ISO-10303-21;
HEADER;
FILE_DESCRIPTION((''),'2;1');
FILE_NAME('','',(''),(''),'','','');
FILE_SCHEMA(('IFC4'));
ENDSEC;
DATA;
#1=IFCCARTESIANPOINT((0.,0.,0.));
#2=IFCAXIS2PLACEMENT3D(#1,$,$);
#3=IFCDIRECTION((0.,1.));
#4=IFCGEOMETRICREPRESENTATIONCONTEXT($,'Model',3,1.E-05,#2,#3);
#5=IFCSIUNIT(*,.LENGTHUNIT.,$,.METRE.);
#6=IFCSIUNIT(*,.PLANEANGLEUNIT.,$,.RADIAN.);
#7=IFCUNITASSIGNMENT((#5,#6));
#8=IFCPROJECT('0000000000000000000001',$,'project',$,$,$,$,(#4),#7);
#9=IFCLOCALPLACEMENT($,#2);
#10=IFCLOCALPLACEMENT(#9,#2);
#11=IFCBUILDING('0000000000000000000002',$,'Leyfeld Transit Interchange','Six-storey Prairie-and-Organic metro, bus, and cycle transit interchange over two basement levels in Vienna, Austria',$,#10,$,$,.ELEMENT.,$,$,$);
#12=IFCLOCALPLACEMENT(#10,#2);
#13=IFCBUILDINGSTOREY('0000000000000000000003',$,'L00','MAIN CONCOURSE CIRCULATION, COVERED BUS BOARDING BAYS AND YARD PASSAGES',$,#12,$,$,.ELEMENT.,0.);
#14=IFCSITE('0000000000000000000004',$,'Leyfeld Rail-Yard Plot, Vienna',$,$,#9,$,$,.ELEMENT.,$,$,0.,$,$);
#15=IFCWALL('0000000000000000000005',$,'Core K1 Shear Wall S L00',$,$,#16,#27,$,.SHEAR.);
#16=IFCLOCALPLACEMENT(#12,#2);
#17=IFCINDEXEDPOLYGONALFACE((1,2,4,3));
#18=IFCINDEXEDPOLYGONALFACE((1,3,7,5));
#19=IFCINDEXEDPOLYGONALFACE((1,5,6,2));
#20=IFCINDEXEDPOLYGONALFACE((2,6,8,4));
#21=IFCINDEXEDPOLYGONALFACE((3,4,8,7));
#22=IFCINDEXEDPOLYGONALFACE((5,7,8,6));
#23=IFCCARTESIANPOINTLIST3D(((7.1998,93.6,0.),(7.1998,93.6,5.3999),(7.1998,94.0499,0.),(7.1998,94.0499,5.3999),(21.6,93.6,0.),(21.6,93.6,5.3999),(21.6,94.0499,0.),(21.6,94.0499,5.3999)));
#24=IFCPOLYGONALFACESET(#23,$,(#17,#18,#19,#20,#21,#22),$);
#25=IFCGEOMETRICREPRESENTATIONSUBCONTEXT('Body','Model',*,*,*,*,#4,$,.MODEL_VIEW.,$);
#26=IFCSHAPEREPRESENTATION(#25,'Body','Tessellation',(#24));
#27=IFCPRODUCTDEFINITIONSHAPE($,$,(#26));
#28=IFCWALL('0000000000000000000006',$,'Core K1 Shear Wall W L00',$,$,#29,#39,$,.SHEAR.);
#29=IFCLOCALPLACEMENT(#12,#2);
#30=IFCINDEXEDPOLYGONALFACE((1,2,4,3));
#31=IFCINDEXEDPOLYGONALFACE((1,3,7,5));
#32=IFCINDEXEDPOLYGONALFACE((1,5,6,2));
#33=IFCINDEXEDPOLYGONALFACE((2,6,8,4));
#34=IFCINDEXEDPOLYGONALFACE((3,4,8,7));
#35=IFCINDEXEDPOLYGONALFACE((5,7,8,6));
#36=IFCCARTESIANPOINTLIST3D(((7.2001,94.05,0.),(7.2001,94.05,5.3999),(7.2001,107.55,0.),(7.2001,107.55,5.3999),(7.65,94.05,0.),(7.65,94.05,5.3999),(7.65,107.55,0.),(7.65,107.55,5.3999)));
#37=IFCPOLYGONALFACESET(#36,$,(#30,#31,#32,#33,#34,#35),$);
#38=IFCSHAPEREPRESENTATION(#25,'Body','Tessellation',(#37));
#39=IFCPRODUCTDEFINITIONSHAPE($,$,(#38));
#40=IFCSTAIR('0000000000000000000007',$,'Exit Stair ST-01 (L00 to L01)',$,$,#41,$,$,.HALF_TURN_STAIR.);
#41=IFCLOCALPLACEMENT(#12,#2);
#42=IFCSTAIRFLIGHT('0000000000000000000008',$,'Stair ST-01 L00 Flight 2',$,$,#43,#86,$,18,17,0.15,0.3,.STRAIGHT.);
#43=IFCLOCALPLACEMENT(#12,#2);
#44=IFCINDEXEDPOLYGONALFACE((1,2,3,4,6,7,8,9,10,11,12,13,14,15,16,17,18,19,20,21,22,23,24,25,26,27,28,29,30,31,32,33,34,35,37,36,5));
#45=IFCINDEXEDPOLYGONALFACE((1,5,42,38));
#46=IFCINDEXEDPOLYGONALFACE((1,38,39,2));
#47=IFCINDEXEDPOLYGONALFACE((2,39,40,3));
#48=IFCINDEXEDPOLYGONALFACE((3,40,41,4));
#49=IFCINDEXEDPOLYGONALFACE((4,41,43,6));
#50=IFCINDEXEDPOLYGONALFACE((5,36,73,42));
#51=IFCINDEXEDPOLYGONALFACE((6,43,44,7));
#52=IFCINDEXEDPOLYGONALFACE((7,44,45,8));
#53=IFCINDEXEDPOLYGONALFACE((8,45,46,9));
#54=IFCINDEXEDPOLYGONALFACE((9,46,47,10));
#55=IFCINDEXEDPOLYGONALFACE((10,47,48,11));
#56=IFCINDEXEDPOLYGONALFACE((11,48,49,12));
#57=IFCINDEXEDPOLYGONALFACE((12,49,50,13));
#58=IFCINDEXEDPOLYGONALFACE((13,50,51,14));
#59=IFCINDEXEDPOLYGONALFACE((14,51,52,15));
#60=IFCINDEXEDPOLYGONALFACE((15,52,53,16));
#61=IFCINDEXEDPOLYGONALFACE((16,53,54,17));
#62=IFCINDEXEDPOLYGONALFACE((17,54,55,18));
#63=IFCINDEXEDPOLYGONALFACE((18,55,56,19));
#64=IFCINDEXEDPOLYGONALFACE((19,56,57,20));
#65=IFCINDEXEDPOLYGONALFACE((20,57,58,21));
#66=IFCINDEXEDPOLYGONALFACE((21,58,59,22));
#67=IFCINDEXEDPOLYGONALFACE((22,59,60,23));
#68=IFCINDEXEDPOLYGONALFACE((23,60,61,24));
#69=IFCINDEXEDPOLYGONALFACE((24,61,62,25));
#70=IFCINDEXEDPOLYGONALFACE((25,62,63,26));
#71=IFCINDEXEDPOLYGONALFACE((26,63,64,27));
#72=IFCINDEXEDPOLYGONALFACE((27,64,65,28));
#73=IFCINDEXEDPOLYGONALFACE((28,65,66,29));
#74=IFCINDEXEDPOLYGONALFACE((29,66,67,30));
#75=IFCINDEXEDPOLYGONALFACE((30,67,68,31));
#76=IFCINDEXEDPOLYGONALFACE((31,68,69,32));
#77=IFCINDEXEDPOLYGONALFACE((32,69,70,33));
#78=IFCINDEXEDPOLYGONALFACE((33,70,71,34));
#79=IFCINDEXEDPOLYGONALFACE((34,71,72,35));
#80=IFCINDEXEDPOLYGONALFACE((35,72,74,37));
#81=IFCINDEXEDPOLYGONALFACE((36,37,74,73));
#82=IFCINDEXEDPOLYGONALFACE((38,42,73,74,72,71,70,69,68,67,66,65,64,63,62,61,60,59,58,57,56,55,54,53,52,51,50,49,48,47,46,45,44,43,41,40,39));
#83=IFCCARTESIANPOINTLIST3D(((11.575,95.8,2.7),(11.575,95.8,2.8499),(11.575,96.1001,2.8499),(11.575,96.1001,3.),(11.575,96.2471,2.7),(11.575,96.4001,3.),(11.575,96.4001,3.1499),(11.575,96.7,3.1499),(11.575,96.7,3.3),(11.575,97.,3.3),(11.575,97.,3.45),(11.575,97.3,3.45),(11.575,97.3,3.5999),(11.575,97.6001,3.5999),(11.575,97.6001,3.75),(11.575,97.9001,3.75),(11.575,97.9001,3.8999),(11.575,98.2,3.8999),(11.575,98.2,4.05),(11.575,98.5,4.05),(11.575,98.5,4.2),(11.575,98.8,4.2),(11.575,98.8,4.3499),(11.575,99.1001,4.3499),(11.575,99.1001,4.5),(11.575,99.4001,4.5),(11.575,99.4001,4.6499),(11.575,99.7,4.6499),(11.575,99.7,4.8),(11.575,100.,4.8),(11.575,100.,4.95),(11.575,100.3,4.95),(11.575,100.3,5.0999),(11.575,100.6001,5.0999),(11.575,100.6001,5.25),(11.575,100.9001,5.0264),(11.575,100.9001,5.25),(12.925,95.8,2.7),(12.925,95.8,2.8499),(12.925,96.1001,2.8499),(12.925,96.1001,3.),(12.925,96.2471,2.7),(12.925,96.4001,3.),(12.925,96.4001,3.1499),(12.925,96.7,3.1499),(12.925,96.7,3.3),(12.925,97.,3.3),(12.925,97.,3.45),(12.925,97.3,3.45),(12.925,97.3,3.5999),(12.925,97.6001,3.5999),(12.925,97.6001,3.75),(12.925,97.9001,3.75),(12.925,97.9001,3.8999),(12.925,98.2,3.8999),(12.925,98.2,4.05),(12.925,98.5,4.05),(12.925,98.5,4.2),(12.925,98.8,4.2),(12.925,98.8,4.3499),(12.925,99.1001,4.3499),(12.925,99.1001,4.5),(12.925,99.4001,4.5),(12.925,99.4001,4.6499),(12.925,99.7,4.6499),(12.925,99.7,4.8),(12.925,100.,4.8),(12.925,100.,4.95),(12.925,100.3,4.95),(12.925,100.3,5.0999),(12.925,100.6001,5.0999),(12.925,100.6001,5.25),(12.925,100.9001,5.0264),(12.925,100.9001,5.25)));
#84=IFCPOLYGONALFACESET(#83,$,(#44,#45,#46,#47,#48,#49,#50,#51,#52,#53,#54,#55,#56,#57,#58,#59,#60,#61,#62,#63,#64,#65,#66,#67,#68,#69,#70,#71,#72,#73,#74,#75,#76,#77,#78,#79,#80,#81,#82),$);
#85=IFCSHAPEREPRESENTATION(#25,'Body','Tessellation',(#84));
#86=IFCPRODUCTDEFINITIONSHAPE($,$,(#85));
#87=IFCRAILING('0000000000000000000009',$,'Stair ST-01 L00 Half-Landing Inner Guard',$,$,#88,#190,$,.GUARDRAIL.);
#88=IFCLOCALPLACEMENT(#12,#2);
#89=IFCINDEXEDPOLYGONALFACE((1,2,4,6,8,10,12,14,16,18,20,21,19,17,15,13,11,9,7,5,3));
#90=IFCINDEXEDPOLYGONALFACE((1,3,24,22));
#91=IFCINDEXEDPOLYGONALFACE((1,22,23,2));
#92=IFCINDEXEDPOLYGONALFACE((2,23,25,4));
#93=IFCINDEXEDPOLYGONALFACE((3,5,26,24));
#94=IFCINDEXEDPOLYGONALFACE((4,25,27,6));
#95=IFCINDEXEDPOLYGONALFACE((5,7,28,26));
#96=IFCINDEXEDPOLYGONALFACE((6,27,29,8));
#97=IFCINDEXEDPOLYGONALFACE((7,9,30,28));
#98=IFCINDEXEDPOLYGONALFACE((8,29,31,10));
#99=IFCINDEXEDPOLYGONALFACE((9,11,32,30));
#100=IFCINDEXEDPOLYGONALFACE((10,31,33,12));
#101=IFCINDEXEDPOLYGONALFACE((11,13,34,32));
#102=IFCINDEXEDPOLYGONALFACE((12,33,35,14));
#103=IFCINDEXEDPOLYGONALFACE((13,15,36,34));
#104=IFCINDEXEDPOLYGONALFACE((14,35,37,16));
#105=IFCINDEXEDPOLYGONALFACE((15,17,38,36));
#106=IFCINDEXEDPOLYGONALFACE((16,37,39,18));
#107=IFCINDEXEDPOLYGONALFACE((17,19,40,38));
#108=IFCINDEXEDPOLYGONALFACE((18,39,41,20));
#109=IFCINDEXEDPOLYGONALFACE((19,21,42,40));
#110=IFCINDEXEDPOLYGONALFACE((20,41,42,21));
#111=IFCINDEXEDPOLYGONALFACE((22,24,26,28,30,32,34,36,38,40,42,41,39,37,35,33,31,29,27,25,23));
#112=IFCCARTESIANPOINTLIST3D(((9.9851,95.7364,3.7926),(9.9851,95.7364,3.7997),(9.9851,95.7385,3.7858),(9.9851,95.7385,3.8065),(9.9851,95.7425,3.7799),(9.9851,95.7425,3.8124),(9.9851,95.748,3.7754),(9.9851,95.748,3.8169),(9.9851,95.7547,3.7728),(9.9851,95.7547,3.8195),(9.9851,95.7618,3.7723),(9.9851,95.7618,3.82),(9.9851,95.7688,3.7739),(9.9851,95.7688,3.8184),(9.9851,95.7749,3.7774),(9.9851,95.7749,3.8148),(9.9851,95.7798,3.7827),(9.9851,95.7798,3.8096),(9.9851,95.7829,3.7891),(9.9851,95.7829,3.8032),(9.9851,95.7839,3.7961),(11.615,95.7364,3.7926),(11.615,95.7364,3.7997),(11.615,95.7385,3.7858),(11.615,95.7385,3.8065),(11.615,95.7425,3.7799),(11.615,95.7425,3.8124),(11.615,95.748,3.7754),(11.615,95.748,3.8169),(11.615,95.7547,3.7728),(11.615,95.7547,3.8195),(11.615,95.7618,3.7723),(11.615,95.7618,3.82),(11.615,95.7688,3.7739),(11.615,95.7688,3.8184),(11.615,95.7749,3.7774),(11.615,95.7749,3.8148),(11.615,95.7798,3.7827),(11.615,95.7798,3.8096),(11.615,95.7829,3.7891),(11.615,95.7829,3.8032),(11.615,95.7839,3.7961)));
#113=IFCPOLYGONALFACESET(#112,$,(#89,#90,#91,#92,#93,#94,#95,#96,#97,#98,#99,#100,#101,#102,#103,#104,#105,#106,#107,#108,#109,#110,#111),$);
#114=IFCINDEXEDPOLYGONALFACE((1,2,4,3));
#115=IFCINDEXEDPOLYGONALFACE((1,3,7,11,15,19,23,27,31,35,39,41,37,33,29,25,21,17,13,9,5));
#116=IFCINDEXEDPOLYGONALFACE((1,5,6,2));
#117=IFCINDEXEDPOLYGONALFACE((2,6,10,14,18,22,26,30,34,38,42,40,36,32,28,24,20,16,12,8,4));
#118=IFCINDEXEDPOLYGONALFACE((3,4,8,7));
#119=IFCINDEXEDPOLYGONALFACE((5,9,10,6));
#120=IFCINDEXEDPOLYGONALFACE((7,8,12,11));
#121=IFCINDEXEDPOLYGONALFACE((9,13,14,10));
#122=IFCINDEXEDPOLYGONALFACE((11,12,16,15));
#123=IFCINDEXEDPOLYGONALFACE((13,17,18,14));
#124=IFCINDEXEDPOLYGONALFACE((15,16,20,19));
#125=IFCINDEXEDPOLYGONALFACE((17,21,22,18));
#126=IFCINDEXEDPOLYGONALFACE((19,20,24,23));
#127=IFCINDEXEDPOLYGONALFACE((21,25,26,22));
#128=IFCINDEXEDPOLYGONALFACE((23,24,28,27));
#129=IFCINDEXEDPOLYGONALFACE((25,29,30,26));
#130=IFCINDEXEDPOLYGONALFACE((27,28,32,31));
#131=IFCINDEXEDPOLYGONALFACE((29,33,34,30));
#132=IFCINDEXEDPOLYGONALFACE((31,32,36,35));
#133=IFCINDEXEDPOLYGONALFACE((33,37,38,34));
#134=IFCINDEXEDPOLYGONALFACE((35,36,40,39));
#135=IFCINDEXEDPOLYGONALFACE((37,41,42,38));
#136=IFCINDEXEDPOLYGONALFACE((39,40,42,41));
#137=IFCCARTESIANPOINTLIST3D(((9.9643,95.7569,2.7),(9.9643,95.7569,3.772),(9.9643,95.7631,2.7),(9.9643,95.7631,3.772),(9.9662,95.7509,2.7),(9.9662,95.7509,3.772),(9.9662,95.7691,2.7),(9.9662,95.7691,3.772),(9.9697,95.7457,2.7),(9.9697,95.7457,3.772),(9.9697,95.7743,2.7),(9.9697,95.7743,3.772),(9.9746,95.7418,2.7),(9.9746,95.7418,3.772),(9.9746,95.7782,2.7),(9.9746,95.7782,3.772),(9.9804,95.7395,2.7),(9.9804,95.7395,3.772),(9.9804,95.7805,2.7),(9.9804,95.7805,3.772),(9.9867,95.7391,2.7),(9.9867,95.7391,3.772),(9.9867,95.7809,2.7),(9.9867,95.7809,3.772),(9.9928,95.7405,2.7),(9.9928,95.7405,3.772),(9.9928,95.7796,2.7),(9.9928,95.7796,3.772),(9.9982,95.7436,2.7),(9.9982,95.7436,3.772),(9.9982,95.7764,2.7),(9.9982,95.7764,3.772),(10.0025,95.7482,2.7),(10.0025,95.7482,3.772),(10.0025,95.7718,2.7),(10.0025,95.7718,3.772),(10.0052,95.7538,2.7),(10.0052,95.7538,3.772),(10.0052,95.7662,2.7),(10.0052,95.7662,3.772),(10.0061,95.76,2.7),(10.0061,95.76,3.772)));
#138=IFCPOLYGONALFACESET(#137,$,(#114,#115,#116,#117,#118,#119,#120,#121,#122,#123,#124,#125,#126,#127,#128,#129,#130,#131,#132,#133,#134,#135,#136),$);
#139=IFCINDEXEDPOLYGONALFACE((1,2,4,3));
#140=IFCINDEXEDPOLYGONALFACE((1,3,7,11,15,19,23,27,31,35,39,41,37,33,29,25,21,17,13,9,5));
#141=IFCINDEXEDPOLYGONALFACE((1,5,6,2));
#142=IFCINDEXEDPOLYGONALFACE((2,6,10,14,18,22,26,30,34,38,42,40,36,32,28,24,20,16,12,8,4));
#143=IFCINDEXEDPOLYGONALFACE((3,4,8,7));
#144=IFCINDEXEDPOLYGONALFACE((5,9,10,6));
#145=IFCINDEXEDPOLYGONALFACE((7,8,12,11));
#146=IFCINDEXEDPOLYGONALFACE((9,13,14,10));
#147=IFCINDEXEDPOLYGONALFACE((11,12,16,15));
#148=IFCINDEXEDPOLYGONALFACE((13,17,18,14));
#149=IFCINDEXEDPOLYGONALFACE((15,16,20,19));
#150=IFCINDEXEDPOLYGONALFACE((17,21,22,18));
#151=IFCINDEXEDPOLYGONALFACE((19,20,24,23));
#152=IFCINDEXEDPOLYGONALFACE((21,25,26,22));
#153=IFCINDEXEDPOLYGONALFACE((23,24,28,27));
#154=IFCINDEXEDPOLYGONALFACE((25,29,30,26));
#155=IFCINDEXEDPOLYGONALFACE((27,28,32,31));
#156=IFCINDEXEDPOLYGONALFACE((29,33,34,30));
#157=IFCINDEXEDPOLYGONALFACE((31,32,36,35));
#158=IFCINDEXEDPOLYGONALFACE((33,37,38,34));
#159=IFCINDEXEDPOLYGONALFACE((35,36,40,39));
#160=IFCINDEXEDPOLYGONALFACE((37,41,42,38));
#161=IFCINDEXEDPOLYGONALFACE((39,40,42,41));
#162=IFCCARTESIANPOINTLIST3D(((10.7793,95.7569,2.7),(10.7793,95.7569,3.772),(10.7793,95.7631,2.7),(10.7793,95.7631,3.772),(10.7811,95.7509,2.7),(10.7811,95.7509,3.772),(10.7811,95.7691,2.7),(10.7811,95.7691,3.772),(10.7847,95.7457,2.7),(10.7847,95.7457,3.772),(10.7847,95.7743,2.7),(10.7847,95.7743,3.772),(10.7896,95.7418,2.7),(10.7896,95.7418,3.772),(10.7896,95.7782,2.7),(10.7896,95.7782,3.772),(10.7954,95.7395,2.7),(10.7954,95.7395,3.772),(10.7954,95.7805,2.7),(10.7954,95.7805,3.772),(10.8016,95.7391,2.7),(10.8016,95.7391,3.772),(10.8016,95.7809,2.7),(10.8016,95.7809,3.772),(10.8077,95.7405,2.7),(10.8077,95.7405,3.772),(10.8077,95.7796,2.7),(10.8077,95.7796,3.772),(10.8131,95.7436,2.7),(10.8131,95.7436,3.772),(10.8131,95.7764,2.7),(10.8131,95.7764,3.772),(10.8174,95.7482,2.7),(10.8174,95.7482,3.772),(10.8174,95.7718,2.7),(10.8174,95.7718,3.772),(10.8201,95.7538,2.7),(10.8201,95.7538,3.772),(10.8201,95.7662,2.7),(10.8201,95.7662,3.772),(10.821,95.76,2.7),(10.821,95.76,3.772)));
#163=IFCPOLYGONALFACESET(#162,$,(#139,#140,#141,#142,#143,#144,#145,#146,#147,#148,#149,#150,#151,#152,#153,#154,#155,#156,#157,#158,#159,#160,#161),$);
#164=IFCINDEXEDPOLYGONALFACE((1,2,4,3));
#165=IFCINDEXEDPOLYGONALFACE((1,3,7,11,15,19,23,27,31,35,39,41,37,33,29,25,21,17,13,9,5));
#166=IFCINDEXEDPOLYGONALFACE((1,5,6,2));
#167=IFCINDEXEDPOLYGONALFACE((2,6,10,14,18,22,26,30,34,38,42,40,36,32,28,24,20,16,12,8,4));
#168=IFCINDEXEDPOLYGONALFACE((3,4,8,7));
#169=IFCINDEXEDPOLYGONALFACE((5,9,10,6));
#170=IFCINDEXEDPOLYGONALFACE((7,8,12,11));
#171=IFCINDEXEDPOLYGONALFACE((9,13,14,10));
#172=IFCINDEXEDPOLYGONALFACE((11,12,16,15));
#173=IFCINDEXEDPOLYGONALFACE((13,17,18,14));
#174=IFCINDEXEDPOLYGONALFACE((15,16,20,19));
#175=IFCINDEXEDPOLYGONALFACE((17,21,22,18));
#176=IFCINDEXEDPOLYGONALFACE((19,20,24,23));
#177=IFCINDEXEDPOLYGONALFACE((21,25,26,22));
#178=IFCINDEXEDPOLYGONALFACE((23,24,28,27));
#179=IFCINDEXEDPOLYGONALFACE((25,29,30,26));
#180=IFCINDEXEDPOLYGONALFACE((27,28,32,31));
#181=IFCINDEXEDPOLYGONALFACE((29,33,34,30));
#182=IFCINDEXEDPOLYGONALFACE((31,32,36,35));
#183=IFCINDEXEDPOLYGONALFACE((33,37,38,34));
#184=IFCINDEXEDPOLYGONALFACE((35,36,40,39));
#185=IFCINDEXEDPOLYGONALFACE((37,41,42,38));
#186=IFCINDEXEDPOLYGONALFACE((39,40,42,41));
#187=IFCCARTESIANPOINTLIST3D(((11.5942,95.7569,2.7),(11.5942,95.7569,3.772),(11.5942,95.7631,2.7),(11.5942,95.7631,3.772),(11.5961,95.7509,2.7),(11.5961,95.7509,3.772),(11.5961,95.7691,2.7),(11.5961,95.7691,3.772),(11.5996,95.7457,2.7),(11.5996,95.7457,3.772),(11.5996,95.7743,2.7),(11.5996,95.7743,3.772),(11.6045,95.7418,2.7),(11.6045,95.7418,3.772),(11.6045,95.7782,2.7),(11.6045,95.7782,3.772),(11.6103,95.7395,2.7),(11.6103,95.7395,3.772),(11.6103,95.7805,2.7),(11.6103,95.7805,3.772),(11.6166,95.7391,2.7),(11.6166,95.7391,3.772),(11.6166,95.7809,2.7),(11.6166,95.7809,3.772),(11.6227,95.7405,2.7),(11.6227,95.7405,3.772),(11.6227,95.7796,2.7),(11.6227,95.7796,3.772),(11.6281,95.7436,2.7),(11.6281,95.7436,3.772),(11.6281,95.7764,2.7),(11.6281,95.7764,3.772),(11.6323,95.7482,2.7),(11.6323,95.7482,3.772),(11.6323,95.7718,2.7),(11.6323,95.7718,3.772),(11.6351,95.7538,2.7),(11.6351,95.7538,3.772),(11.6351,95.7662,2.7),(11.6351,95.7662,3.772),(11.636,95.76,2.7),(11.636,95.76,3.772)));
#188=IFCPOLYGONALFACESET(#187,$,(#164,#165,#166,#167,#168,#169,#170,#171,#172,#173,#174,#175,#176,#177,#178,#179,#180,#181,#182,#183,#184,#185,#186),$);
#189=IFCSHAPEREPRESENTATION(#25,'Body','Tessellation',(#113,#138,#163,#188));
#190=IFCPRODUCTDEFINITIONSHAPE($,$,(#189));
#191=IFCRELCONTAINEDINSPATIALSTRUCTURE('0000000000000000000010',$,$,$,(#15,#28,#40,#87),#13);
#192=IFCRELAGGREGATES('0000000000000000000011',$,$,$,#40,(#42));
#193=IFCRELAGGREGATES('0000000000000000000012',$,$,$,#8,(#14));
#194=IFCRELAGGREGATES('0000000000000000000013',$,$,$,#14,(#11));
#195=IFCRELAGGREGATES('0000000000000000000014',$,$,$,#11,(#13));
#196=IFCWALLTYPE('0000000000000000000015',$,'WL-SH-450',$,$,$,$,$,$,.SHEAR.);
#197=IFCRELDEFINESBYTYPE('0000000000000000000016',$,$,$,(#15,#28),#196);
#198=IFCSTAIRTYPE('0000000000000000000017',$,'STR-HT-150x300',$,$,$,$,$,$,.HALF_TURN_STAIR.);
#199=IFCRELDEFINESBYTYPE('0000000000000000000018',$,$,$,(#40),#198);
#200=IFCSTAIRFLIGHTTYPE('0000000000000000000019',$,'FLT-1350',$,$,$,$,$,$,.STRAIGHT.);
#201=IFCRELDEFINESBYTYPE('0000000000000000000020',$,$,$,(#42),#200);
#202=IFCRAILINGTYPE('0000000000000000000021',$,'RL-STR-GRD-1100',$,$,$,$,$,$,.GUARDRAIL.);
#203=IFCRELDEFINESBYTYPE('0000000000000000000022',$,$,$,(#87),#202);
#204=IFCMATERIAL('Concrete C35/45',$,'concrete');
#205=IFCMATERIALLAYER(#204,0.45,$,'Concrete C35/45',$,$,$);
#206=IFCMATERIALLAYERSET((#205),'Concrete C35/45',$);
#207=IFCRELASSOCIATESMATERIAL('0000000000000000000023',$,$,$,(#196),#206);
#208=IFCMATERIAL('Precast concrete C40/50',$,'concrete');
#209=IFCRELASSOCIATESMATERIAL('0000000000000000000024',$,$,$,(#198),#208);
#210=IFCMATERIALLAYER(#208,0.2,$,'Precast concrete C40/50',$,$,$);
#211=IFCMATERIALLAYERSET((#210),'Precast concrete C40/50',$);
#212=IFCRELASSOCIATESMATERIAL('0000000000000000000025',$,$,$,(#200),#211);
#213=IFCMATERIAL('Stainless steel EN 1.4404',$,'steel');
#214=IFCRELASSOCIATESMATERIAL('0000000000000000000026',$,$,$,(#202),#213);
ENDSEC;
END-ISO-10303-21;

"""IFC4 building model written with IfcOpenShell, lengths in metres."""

from ifc_helpers import new_model, si_unit, direction, frame, frame_2d, origin, origin_2d, place, context, subcontext, project, spatial, polyline, rectangle, circle, outline, extrude, material, layer, layer_set, type_object, element, aggregate, save


model = new_model("IFC4")

# Units and contexts
model_context = context("Model", 3, precision=1e-05, world=origin(), true_north=direction((0.0, 1.0)))
body_context = subcontext(model_context, "Body", "Model", "MODEL_VIEW")
ifc_project = project(units=[si_unit("LENGTHUNIT", "METRE"), si_unit("PLANEANGLEUNIT", "RADIAN")], contexts=[model_context])

# Site, building, storey
site_placement = place(None, origin())
site = spatial("IfcSite", under=ifc_project, at=site_placement, Name="Leyfeld Rail-Yard Plot, Vienna", CompositionType="ELEMENT", RefElevation=0.0)
building_placement = place(site_placement, origin())
building = spatial("IfcBuilding", under=site, at=building_placement, Name="Leyfeld Transit Interchange", Description="Six-storey Prairie-and-Organic metro, bus, and cycle transit interchange over two basement levels in Vienna, Austria", CompositionType="ELEMENT")
storey_placement = place(building_placement, origin())
storey = spatial("IfcBuildingStorey", under=building, at=storey_placement, Name="L00", Description="MAIN CONCOURSE CIRCULATION, COVERED BUS BOARDING BAYS AND YARD PASSAGES", CompositionType="ELEMENT", Elevation=0.0)

# Shared definitions
ifc_material_1 = material(Name="Concrete C35/45", Category="concrete")

# Walls
ifc_layer_1 = layer(ifc_material_1, 0.45, Name="Concrete C35/45")
ifc_layer_set_1 = layer_set([ifc_layer_1], Name="Concrete C35/45")
wall_type_1 = type_object("IfcWallType", Name="WL-SH-450", PredefinedType="SHEAR", material=ifc_layer_set_1)
wall_1_placement = place(storey_placement, frame((21.6001, 93.825, 0.0), z_axis=(0.0, 0.0, 1.0), x_axis=(-1.0, 0.0, 0.0)))
element("IfcWall", 1, at=wall_1_placement, inside=storey, type_object=wall_type_1, Name="Core K1 Shear Wall S L00", PredefinedType="SHEAR", context=body_context, shape_type="SweptSolid", body=[
    extrude(rectangle(XDim=14.4001, YDim=0.45, at=frame_2d((7.2002, 0.0))), origin(), (0.0, 0.0, 1.0), 5.3999),
])
wall_2_placement = place(storey_placement, frame((7.425, 94.05, 0.0), z_axis=(0.0, 0.0, 1.0), x_axis=(0.0, 1.0, 0.0)))
element("IfcWall", 2, at=wall_2_placement, inside=storey, type_object=wall_type_1, Name="Core K1 Shear Wall W L00", PredefinedType="SHEAR", context=body_context, shape_type="SweptSolid", body=[
    extrude(rectangle(XDim=13.5, YDim=0.45, at=frame_2d((6.75, 0.0))), origin(), (0.0, 0.0, 1.0), 5.3999),
])

# Stair, stair flight
ifc_material_2 = material(Name="Precast concrete C40/50", Category="concrete")
stair_type = type_object("IfcStairType", Name="STR-HT-150x300", PredefinedType="HALF_TURN_STAIR", material=ifc_material_2)
stair_placement = place(storey_placement, origin())
stair = element("IfcStair", 3, at=stair_placement, inside=storey, type_object=stair_type, Name="Exit Stair ST-01 (L00 to L01)", PredefinedType="HALF_TURN_STAIR")
ifc_layer_2 = layer(ifc_material_2, 0.2, Name="Precast concrete C40/50")
ifc_layer_set_2 = layer_set([ifc_layer_2], Name="Precast concrete C40/50")
stair_flight_type = type_object("IfcStairFlightType", Name="FLT-1350", PredefinedType="STRAIGHT", material=ifc_layer_set_2)
stair_flight_placement = place(storey_placement, frame((12.25, 95.8, 2.7), z_axis=(0.0, 0.0, 1.0), x_axis=(0.0, 1.0, 0.0)))
stair_flight = element("IfcStairFlight", 4, at=stair_flight_placement, type_object=stair_flight_type, Name="Stair ST-01 L00 Flight 2", NumberOfRisers=18, NumberOfTreads=17, PredefinedType="STRAIGHT", RiserHeight=0.15, TreadLength=0.3, context=body_context, shape_type="SweptSolid", body=[
    extrude(outline(polyline([(0.0, 0.0), (0.0, 0.1499), (0.3, 0.1499), (0.3, 0.3), (0.6001, 0.3), (0.6001, 0.45), (0.8999, 0.45), (0.8999, 0.6001), (1.2, 0.6001), (1.2, 0.75), (1.5, 0.75), (1.5, 0.8999), (1.8, 0.8999), (1.8, 1.05), (2.1001, 1.05), (2.1001, 1.2), (2.3999, 1.2), (2.3999, 1.3501), (2.7, 1.3501), (2.7, 1.5), (3.0, 1.5), (3.0, 1.6499), (3.3, 1.6499), (3.3, 1.8), (3.6001, 1.8), (3.6001, 1.95), (3.8999, 1.95), (3.8999, 2.1001), (4.2, 2.1001), (4.2, 2.25), (4.5, 2.25), (4.5, 2.3999), (4.8, 2.3999), (4.8, 2.55), (5.1001, 2.55), (5.1001, 2.7), (5.1001, 2.3264), (0.447, 0.0), (0.0, 0.0)])), frame((0.0, 0.675, 0.0), z_axis=(0.0, -1.0, 0.0), x_axis=(1.0, 0.0, 0.0)), (0.0, 0.0, 1.0), 1.3501),
])
aggregate(stair, [stair_flight])

# Railing
ifc_material_3 = material(Name="Stainless steel EN 1.4404", Category="steel")
railing_type_1 = type_object("IfcRailingType", Name="RL-STR-GRD-1100", PredefinedType="GUARDRAIL", material=ifc_material_3)
railing_1_placement = place(storey_placement, frame((9.9851, 95.76, 2.7)))
element("IfcRailing", 5, at=railing_1_placement, inside=storey, type_object=railing_type_1, Name="Stair ST-01 L00 Half-Landing Inner Guard", PredefinedType="GUARDRAIL", context=body_context, shape_type="SweptSolid", body=[
    extrude(circle(Radius=0.0239, at=origin_2d()), frame((0.0, 0.0, 1.0962), z_axis=(1.0, 0.0, 0.0), x_axis=(0.0, 1.0, 0.0)), (0.0, 0.0, 1.0), 1.6299),
    extrude(circle(Radius=0.021, at=origin_2d()), origin(), (0.0, 0.0, 1.0), 1.072),
    extrude(circle(Radius=0.021, at=origin_2d()), frame((0.8149, 0.0, 0.0)), (0.0, 0.0, 1.0), 1.072),
    extrude(circle(Radius=0.021, at=origin_2d()), frame((1.6299, 0.0, 0.0)), (0.0, 0.0, 1.0), 1.072),
])

save(model, "model.ifc")
